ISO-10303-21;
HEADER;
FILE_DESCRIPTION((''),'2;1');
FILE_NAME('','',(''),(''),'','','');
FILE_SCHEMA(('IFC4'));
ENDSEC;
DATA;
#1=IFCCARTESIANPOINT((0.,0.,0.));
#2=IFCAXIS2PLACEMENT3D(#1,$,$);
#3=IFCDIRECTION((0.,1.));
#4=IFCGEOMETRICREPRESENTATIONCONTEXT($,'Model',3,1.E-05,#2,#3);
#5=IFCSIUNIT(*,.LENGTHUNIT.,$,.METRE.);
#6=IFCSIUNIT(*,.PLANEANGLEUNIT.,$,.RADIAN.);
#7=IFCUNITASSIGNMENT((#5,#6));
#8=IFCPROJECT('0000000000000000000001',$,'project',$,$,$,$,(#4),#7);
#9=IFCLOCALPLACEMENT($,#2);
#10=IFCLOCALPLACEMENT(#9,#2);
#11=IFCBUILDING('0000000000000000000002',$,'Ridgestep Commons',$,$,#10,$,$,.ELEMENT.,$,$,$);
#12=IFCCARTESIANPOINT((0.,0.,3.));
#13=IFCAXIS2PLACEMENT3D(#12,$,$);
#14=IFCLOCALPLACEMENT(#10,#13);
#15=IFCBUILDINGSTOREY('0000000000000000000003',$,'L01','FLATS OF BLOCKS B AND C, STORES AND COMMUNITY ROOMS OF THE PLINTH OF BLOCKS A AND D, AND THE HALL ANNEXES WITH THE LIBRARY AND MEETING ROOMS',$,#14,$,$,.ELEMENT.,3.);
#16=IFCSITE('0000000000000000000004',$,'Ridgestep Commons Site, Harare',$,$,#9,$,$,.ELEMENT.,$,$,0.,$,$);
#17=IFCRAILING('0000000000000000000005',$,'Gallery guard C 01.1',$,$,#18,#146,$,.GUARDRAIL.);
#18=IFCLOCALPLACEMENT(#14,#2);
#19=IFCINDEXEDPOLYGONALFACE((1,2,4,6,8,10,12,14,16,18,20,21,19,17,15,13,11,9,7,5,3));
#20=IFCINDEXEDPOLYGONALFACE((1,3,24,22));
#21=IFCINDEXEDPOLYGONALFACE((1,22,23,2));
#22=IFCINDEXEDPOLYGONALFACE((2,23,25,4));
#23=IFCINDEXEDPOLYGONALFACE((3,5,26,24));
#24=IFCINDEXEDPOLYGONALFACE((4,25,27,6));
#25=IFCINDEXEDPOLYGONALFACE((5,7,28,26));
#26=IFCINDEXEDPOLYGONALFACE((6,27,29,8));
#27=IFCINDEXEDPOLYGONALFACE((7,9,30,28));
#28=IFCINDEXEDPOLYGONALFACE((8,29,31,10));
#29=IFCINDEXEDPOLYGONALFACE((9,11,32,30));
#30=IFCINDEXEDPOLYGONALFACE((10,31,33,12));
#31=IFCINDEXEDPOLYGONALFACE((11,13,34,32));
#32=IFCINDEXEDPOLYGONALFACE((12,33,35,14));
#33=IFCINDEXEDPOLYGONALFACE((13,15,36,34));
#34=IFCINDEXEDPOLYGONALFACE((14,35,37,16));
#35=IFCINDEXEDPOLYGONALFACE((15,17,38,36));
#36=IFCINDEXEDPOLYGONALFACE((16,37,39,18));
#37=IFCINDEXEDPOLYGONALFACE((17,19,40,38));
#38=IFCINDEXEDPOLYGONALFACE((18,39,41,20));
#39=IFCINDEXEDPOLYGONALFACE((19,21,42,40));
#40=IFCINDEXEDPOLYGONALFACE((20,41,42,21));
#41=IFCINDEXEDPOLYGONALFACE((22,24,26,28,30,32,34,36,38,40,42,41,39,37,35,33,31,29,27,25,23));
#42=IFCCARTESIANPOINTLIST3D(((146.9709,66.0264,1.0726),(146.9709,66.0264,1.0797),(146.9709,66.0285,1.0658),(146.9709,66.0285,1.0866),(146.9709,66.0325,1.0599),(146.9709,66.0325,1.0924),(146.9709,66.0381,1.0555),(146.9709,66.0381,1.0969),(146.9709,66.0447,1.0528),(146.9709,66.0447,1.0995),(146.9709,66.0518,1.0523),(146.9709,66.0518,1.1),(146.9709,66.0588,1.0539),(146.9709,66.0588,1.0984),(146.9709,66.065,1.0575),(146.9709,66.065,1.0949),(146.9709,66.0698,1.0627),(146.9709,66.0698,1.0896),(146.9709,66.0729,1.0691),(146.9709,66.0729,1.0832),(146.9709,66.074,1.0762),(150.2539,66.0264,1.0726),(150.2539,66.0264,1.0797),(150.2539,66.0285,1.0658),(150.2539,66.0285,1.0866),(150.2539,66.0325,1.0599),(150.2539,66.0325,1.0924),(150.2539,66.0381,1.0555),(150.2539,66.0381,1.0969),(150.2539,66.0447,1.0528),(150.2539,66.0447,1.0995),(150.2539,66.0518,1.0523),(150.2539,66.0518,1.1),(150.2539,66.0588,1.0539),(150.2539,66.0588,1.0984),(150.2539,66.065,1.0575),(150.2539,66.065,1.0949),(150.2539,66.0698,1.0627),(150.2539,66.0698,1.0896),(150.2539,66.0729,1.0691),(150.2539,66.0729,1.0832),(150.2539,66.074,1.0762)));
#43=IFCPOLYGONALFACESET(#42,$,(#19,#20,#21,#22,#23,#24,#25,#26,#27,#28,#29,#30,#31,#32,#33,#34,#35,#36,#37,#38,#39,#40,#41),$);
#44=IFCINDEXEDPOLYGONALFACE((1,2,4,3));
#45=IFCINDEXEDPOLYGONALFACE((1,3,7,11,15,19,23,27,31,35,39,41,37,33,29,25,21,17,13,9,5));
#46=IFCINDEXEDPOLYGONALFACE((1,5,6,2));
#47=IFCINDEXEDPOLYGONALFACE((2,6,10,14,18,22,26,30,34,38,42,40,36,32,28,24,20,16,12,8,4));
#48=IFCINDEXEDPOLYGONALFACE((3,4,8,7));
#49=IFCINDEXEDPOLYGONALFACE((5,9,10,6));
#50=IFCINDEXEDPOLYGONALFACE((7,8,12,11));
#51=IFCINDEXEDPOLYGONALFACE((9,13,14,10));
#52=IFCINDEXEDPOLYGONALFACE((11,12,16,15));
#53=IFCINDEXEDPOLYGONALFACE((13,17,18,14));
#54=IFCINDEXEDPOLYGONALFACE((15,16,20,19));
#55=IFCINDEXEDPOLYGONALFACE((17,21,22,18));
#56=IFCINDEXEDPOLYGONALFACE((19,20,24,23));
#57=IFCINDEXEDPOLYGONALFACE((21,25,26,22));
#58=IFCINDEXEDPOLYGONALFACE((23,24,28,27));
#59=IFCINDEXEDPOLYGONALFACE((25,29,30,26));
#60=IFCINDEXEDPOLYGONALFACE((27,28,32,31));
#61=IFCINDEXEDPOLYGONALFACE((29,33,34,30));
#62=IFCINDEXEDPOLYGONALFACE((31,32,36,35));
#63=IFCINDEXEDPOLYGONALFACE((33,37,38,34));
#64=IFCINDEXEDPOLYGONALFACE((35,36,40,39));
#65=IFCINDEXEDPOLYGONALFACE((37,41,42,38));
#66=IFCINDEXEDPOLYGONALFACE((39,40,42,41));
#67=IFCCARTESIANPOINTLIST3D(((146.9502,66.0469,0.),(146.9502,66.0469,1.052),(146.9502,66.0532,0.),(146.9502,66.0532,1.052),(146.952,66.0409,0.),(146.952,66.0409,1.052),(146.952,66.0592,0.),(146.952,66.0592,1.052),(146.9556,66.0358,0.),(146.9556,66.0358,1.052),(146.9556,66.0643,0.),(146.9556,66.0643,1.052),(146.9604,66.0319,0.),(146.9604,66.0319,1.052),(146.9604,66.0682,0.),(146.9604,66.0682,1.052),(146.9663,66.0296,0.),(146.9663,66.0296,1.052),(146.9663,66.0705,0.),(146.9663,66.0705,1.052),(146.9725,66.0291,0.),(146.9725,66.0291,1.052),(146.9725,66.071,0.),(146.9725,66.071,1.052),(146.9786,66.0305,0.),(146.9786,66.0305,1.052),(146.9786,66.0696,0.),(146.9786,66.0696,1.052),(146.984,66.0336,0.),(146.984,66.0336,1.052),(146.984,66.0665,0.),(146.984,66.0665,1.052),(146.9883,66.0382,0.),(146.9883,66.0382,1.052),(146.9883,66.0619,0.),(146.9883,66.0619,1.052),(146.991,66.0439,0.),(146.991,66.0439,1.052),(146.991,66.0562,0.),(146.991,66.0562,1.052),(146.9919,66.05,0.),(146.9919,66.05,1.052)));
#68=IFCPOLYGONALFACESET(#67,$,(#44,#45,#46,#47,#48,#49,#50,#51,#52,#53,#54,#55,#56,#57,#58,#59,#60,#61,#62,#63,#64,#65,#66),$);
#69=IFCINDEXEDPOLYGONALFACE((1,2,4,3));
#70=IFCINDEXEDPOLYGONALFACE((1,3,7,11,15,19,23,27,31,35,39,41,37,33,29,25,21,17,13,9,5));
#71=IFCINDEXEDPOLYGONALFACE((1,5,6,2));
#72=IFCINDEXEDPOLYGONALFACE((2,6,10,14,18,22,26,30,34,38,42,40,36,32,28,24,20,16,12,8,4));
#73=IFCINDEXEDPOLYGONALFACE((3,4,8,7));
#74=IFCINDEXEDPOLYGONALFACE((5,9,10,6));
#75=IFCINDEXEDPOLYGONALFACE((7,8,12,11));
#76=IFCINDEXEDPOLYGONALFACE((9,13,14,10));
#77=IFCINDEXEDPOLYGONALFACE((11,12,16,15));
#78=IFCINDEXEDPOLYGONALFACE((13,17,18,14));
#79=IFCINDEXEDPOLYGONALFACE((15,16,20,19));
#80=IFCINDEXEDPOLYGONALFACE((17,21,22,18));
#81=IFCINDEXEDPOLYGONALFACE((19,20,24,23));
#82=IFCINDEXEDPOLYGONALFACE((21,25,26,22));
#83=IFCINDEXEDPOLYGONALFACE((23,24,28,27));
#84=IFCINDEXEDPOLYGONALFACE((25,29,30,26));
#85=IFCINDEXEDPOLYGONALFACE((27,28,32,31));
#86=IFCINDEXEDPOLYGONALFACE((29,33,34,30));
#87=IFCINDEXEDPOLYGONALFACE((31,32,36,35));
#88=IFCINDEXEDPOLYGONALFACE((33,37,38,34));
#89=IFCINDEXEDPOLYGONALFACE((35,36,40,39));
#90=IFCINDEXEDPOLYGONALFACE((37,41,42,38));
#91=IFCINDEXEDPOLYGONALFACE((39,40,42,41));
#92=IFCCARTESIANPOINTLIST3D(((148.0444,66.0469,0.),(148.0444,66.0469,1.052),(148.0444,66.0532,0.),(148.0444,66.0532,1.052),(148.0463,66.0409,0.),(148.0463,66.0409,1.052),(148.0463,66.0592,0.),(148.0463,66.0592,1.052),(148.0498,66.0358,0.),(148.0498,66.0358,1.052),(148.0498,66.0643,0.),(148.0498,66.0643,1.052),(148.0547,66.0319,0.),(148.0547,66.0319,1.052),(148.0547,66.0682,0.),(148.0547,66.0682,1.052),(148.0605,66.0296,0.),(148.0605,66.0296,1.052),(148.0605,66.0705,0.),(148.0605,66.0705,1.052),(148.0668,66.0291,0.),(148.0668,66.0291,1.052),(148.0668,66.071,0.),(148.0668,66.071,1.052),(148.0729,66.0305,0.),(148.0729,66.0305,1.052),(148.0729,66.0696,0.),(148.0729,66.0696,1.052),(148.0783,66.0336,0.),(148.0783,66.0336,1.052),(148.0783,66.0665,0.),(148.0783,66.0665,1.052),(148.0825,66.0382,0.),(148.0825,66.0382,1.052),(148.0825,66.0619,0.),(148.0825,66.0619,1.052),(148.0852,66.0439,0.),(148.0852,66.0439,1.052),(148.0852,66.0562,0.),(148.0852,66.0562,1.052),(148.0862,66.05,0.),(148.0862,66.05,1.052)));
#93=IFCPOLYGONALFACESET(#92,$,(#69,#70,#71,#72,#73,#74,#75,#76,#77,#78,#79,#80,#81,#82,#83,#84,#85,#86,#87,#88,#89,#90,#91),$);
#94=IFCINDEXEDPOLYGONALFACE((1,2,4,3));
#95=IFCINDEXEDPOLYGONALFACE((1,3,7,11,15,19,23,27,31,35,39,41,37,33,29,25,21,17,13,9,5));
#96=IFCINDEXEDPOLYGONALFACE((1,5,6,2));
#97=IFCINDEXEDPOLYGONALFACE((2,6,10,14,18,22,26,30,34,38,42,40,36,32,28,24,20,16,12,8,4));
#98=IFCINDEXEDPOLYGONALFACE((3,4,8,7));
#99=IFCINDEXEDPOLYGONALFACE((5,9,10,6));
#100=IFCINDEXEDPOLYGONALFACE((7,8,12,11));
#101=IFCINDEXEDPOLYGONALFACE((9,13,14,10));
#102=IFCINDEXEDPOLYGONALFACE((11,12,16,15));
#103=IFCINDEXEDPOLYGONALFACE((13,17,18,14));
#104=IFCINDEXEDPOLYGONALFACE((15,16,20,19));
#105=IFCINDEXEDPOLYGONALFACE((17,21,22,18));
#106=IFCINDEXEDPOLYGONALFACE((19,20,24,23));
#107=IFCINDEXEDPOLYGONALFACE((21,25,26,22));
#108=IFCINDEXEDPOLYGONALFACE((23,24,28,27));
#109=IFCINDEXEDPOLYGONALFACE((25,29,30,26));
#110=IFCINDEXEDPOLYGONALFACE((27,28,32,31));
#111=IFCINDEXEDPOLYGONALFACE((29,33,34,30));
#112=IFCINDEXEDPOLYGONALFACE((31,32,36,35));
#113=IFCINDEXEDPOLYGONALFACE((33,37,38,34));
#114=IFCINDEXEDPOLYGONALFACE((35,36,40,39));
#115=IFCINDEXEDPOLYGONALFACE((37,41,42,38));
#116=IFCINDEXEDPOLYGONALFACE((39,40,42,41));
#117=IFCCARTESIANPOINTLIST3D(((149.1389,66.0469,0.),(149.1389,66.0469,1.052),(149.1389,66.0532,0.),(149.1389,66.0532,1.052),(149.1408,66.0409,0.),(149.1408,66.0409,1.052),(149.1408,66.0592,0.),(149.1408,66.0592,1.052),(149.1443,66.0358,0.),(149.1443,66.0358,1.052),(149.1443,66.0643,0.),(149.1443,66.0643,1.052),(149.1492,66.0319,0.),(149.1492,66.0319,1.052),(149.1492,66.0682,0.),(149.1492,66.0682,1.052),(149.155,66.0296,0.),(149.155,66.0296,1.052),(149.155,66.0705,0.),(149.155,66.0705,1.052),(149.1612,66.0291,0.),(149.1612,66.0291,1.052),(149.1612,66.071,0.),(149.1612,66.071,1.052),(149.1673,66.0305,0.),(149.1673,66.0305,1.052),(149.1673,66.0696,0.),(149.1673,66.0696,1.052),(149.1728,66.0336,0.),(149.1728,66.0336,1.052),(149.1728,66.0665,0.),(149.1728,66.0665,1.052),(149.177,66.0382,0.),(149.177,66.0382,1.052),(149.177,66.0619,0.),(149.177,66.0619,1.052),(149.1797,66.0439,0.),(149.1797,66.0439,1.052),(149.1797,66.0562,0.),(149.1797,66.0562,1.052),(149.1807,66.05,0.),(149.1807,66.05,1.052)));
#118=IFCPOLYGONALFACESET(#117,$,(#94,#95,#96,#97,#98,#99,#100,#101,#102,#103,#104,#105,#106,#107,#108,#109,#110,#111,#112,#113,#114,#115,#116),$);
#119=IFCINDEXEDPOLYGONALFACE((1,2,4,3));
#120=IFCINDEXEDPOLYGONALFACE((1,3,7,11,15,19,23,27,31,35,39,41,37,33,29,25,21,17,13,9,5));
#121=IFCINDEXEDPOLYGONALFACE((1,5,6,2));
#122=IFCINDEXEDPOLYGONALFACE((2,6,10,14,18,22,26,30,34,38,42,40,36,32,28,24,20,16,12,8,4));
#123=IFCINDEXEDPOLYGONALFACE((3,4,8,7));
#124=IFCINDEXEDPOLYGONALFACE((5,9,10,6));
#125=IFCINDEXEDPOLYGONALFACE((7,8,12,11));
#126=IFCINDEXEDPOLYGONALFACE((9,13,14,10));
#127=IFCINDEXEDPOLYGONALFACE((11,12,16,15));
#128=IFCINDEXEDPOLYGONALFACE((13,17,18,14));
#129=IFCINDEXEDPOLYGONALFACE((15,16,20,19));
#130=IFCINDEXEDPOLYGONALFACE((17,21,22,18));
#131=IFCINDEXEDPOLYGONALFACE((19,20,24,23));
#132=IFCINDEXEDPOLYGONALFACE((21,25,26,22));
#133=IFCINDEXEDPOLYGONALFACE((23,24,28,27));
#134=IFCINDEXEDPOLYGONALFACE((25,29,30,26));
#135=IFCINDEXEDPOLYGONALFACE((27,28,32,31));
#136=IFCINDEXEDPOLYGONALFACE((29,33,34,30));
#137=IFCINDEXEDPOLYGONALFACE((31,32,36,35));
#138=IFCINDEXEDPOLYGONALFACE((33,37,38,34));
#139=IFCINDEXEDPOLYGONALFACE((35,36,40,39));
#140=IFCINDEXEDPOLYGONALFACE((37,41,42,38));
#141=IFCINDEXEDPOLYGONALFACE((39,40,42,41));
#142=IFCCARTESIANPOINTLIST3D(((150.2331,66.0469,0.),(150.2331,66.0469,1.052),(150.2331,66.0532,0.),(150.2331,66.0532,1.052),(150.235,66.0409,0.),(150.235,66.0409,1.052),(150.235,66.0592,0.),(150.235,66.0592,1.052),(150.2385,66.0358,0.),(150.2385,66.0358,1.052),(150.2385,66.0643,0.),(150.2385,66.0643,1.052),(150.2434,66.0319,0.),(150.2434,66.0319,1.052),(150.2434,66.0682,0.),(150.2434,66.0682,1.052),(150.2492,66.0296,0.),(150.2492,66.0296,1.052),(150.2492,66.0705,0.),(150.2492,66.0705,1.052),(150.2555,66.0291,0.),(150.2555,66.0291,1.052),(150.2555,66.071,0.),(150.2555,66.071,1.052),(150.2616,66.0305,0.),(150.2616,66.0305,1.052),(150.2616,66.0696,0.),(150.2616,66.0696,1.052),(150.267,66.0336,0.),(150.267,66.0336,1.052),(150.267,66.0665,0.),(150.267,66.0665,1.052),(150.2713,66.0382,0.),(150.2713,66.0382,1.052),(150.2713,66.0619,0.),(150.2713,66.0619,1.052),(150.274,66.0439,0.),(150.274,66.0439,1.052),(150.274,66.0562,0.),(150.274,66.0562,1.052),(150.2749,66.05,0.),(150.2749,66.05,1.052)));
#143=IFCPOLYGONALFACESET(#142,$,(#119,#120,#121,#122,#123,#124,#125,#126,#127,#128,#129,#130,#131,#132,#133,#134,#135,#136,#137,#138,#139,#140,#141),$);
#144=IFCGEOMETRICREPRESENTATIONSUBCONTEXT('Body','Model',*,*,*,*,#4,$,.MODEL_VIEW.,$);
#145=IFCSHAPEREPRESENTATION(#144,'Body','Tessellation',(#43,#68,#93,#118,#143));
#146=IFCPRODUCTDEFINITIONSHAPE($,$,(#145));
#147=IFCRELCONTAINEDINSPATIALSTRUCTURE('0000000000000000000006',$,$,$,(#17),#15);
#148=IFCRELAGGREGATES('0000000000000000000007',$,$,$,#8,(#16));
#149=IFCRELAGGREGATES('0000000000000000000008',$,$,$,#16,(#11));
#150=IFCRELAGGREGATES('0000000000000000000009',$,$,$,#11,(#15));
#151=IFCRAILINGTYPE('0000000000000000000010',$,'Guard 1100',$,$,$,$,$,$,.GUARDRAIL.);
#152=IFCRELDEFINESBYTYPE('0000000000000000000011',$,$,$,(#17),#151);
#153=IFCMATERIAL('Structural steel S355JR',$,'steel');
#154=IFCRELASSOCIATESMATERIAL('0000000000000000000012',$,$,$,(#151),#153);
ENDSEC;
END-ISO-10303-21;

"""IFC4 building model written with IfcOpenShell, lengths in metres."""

from ifc_helpers import new_model, si_unit, direction, frame, origin, origin_2d, place, context, subcontext, project, spatial, circle, extrude, material, type_object, element, save


model = new_model("IFC4")

# Units and contexts
model_context = context("Model", 3, precision=1e-05, world=origin(), true_north=direction((0.0, 1.0)))
body_context = subcontext(model_context, "Body", "Model", "MODEL_VIEW")
ifc_project = project(units=[si_unit("LENGTHUNIT", "METRE"), si_unit("PLANEANGLEUNIT", "RADIAN")], contexts=[model_context])

# Site, building, storey
site_placement = place(None, origin())
site = spatial("IfcSite", under=ifc_project, at=site_placement, Name="Ridgestep Commons Site, Harare", CompositionType="ELEMENT", RefElevation=0.0)
building_placement = place(site_placement, origin())
building = spatial("IfcBuilding", under=site, at=building_placement, Name="Ridgestep Commons", CompositionType="ELEMENT")
storey_placement = place(building_placement, frame((0.0, 0.0, 3.0)))
storey = spatial("IfcBuildingStorey", under=building, at=storey_placement, Name="L01", Description="FLATS OF BLOCKS B AND C, STORES AND COMMUNITY ROOMS OF THE PLINTH OF BLOCKS A AND D, AND THE HALL ANNEXES WITH THE LIBRARY AND MEETING ROOMS", CompositionType="ELEMENT", Elevation=3.0)

# Railing
ifc_material_1 = material(Name="Structural steel S355JR", Category="steel")
railing_type = type_object("IfcRailingType", Name="Guard 1100", PredefinedType="GUARDRAIL", material=ifc_material_1)
railing_1_placement = place(storey_placement, frame((146.9709, 66.05, 0.0)))
element("IfcRailing", 1, at=railing_1_placement, inside=storey, type_object=railing_type, Name="Gallery guard C 01.1", PredefinedType="GUARDRAIL", context=body_context, shape_type="SweptSolid", body=[
    extrude(circle(Radius=0.0239, at=origin_2d()), frame((0.0, 0.0, 1.0762), z_axis=(1.0, 0.0, 0.0), x_axis=(0.0, 1.0, 0.0)), (0.0, 0.0, 1.0), 3.283),
    extrude(circle(Radius=0.021, at=origin_2d()), origin(), (0.0, 0.0, 1.0), 1.052),
    extrude(circle(Radius=0.021, at=origin_2d()), frame((1.0942, 0.0, 0.0)), (0.0, 0.0, 1.0), 1.052),
    extrude(circle(Radius=0.021, at=origin_2d()), frame((2.1887, 0.0, 0.0)), (0.0, 0.0, 1.0), 1.052),
    extrude(circle(Radius=0.021, at=origin_2d()), frame((3.283, 0.0, 0.0)), (0.0, 0.0, 1.0), 1.052),
])

save(model, "model.ifc")
